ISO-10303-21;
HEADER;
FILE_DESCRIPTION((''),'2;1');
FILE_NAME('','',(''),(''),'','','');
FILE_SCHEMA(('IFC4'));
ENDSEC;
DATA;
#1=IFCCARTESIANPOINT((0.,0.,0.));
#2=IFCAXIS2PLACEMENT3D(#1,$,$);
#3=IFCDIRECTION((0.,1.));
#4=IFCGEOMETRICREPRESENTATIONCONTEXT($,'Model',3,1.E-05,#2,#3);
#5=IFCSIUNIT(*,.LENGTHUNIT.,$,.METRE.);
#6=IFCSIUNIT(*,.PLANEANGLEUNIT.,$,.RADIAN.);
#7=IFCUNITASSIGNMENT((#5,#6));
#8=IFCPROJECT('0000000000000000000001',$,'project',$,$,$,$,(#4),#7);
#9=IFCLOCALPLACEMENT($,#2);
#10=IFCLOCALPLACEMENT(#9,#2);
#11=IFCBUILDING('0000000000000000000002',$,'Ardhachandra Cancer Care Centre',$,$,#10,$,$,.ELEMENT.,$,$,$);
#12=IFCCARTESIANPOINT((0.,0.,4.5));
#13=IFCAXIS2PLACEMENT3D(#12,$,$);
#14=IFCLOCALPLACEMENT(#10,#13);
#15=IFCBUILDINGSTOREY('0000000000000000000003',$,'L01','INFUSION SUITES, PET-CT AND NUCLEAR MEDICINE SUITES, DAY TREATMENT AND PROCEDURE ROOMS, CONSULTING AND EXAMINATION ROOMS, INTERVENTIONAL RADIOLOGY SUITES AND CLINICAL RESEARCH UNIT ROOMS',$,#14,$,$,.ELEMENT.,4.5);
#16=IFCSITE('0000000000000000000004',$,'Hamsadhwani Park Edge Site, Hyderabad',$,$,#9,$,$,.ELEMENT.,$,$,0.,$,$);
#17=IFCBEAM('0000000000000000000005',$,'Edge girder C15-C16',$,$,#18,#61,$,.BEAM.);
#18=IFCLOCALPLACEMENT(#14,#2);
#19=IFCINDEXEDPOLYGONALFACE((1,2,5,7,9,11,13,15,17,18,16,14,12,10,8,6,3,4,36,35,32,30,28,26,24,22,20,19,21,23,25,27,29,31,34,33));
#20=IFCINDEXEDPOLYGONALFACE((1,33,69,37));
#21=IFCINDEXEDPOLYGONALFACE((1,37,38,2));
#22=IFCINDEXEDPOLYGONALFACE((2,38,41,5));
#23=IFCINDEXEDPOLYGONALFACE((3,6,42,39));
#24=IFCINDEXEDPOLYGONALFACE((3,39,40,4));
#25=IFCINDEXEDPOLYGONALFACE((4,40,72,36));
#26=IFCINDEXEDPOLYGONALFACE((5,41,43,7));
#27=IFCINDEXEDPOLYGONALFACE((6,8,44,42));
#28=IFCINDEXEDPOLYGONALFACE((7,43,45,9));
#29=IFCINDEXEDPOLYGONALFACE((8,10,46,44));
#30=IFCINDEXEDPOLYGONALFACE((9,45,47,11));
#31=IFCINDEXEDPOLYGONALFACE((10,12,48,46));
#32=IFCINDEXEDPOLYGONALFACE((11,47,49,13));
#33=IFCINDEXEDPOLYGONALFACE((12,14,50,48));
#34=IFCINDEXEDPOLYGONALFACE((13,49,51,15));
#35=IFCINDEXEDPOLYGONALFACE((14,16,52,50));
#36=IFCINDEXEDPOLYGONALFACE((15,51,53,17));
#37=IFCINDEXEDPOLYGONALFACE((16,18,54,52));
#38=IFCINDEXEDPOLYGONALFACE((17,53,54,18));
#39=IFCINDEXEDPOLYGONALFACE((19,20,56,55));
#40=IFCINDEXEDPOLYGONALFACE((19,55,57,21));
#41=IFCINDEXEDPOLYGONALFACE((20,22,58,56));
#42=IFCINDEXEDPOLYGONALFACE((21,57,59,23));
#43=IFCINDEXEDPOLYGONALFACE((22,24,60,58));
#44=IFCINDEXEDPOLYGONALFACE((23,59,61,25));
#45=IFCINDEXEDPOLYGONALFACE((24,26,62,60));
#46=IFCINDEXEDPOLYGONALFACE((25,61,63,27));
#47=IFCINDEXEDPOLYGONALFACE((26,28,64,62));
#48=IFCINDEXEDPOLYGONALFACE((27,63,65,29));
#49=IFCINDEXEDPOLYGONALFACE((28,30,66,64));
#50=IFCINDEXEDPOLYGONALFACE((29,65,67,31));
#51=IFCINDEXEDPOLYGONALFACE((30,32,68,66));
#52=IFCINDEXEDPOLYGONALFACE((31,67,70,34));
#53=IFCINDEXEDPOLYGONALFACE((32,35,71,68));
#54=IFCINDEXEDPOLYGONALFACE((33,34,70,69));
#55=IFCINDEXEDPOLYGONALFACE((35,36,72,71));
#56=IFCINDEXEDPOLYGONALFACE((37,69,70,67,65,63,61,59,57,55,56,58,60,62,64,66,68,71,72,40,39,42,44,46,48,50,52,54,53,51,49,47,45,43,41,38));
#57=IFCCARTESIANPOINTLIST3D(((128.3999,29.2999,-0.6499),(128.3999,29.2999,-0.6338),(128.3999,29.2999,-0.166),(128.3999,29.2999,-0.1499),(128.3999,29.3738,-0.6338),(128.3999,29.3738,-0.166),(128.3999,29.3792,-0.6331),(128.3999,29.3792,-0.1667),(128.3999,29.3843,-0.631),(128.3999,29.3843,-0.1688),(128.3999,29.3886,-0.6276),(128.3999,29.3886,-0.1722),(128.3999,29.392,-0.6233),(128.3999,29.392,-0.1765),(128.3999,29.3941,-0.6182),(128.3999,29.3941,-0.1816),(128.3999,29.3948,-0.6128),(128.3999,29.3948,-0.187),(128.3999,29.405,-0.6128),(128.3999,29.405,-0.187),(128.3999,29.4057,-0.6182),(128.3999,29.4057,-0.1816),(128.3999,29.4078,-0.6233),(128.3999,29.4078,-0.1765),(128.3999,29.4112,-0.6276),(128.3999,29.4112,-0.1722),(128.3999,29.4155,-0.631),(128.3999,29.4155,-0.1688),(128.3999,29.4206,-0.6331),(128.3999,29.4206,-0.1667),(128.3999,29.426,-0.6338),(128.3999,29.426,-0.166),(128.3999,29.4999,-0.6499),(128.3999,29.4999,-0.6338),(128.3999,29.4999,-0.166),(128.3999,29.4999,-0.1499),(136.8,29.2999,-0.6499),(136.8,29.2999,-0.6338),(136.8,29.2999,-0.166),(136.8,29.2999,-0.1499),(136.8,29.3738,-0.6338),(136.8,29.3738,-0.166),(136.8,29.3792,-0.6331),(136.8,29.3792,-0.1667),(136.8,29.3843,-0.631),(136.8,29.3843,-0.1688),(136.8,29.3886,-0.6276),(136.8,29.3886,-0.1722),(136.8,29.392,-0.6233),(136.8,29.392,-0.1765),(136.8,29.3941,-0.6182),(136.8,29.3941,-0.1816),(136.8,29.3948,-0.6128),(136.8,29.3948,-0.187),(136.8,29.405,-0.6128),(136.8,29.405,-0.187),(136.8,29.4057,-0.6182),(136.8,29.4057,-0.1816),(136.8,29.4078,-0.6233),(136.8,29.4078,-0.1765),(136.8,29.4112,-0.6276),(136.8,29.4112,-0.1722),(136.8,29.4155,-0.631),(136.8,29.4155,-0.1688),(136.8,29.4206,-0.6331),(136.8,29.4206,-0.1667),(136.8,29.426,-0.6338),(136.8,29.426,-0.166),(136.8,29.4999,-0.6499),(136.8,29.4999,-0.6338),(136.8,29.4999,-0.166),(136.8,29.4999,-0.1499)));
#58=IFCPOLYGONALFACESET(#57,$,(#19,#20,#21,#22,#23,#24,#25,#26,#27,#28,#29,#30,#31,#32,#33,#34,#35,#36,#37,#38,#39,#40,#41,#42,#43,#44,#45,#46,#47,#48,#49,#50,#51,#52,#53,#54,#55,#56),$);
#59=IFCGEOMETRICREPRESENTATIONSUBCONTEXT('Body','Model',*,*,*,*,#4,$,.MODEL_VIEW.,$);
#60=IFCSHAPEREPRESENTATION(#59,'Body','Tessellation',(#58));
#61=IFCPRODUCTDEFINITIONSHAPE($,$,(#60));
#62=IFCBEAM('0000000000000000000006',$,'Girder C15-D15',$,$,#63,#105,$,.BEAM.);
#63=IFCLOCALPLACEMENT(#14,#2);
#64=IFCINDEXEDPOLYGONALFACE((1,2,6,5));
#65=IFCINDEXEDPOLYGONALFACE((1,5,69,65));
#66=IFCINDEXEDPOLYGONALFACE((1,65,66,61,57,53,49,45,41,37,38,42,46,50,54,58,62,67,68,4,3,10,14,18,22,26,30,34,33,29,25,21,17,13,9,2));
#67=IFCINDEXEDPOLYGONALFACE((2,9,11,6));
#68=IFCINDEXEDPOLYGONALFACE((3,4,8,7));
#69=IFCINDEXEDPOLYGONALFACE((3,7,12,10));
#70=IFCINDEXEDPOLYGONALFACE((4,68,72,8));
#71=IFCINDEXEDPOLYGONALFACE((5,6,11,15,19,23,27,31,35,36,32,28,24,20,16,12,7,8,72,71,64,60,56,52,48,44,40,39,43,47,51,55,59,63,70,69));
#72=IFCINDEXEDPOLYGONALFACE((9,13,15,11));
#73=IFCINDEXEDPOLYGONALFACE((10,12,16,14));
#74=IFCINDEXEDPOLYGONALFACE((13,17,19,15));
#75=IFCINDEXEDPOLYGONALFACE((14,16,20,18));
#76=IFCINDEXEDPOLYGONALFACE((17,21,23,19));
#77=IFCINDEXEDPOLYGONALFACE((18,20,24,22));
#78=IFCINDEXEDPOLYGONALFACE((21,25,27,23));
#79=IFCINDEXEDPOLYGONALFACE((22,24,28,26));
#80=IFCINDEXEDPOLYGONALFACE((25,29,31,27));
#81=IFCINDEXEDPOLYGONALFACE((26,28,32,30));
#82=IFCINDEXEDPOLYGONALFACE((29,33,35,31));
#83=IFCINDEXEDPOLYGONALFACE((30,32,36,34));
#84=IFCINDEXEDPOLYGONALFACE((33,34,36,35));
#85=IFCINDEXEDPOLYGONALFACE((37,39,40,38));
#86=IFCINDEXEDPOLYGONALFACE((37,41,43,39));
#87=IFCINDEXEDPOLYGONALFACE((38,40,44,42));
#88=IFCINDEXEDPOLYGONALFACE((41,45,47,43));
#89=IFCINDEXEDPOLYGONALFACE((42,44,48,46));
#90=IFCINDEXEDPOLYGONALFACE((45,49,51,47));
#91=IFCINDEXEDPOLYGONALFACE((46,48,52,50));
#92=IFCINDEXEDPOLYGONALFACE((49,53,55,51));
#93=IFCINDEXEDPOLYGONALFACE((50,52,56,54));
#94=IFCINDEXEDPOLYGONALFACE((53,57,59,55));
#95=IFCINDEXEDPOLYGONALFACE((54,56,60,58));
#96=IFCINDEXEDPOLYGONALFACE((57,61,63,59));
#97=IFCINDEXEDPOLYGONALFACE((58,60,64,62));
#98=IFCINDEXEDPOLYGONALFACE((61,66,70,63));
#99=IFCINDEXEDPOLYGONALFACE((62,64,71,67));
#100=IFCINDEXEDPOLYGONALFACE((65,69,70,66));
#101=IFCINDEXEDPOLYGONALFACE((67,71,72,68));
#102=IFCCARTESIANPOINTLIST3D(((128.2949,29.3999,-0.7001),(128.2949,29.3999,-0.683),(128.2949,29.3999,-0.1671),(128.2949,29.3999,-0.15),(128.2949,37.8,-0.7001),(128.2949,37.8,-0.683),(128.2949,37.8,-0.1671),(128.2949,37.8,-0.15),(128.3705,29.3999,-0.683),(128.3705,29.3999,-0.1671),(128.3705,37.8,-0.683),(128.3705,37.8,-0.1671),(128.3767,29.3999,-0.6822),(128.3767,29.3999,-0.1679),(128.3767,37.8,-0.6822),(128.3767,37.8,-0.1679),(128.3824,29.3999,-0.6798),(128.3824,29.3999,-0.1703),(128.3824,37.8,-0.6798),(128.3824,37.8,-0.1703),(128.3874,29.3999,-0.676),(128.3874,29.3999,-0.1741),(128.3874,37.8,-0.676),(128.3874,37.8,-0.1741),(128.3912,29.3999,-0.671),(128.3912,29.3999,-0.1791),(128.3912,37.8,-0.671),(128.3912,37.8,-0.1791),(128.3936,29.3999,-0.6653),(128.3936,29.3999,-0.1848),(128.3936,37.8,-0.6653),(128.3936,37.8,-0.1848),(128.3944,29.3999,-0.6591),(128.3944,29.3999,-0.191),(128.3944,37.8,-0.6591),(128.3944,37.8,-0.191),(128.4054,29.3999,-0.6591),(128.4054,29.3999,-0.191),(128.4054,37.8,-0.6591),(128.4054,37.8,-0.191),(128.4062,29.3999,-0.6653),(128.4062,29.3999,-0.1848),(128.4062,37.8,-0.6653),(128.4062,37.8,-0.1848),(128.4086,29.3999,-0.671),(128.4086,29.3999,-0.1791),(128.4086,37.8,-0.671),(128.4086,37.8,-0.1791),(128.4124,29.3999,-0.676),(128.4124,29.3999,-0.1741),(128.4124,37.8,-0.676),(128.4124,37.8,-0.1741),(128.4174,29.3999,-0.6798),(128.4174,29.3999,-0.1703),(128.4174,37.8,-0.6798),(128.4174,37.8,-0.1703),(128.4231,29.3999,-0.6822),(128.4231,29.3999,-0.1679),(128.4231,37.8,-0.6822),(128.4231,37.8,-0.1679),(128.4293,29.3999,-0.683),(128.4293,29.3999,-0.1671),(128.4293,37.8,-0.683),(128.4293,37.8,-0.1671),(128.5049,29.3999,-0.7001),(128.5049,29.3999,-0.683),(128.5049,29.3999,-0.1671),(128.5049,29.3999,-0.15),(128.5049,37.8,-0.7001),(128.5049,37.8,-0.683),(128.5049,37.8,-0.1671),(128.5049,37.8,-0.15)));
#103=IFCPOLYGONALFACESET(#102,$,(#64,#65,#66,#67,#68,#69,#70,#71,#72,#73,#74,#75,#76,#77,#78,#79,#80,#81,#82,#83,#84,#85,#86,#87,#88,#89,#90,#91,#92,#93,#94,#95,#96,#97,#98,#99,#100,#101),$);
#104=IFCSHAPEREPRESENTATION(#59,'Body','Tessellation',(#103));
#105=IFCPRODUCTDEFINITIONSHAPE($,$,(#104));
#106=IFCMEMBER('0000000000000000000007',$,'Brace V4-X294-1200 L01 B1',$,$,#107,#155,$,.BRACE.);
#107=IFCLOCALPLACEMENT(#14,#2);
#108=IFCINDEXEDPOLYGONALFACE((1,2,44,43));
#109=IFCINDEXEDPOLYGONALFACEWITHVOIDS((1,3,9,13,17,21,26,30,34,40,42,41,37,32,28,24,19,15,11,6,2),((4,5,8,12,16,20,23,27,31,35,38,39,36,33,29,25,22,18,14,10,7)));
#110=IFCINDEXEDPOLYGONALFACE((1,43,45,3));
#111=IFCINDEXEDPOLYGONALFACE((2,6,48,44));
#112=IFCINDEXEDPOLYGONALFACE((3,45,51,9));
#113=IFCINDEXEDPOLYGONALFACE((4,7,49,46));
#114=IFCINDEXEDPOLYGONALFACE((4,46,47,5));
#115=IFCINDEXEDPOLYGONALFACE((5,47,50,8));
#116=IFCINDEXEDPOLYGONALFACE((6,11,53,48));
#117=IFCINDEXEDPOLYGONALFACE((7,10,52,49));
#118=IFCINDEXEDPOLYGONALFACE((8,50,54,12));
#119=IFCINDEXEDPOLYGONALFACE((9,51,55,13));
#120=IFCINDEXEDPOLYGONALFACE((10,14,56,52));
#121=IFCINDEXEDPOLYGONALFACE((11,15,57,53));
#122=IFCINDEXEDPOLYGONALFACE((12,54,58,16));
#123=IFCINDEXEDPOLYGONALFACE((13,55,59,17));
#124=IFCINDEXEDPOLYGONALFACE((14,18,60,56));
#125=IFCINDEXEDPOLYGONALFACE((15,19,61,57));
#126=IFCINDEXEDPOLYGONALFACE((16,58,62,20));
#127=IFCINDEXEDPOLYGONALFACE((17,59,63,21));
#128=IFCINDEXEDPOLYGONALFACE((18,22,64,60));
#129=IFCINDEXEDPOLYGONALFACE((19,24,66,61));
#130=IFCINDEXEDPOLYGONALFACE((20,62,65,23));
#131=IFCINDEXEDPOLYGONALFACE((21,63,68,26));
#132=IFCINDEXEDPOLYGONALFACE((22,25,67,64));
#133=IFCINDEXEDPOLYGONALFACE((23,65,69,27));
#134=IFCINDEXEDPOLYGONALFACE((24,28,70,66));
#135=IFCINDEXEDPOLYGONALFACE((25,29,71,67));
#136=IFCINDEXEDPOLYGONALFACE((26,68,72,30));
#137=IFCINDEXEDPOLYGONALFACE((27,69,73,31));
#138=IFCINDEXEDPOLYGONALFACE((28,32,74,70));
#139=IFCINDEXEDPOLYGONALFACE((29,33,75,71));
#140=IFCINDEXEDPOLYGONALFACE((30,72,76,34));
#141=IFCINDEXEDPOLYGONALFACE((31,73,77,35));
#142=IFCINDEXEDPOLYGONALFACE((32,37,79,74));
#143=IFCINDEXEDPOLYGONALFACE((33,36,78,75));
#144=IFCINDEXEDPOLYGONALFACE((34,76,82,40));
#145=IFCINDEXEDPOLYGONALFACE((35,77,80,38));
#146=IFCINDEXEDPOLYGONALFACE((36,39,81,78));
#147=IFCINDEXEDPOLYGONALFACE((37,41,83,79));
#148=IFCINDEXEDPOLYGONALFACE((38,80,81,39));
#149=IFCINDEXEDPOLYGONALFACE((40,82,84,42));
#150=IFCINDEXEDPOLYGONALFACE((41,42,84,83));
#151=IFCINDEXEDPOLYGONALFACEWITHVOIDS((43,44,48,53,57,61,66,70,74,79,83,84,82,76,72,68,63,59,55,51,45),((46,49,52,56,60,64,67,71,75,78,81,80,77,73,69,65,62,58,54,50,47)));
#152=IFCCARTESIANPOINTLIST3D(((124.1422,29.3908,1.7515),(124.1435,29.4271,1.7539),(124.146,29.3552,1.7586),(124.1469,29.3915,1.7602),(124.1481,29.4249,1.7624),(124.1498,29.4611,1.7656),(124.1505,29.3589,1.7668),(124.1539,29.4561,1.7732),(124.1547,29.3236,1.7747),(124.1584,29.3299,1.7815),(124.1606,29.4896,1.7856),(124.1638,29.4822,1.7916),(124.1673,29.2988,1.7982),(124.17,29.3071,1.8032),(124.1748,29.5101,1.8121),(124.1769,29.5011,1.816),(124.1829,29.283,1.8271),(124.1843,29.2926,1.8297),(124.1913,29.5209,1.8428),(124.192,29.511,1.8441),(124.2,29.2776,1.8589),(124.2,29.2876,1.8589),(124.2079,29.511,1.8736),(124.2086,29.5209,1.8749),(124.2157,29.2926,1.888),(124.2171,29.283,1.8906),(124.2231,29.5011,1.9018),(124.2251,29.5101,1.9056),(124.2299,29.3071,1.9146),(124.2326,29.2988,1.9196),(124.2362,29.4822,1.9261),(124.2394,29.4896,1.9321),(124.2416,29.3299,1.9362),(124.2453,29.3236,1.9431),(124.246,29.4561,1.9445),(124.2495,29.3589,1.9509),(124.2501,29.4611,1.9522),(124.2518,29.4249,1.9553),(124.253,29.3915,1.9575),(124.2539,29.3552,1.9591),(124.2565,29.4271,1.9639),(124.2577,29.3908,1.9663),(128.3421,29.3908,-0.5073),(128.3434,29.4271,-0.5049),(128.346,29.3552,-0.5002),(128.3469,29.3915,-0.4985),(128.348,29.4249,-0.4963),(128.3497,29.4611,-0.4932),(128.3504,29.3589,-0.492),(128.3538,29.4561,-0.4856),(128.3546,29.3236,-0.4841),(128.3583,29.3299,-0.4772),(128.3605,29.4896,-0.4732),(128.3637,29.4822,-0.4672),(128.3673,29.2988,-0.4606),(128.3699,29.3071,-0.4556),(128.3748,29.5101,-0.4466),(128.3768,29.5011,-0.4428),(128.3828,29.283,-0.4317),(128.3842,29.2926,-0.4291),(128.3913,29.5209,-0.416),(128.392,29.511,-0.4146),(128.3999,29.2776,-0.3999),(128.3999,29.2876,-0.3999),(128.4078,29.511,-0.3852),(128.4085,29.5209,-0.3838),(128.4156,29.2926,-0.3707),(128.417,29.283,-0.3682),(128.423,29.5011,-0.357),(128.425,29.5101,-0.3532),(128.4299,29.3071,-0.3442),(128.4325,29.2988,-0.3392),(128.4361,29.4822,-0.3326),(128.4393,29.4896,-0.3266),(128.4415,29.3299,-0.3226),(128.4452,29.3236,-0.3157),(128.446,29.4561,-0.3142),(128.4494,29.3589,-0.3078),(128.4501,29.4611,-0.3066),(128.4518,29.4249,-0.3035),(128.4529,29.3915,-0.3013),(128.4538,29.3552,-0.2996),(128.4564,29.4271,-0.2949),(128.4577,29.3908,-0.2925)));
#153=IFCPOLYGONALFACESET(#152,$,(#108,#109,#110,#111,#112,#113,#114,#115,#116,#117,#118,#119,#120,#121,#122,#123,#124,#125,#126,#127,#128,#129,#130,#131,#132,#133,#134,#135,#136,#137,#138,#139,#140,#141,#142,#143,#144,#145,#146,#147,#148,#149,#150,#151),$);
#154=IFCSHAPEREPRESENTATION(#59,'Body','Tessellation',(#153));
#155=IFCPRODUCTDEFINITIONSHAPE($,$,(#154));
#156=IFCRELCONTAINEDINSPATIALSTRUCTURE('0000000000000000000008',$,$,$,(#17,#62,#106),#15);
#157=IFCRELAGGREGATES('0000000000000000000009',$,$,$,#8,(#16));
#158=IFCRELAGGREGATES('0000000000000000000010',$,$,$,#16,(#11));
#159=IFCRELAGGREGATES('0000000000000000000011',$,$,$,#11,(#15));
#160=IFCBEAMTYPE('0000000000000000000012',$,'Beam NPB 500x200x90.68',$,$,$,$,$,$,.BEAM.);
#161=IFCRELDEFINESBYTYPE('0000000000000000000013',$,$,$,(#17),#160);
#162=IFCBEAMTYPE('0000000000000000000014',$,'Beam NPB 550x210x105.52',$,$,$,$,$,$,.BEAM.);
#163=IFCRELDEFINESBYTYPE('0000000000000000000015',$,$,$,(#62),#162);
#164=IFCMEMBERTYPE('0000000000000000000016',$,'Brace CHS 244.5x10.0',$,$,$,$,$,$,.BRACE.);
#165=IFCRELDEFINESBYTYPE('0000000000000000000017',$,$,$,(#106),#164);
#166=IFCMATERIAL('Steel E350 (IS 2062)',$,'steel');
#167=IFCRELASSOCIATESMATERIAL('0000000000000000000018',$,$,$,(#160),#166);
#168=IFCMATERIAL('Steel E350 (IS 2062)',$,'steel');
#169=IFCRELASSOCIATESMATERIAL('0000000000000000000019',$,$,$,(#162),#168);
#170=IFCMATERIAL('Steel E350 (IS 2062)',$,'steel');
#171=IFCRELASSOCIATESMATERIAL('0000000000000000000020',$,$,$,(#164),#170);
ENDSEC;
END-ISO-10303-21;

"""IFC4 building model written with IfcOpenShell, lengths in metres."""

from ifc_helpers import new_model, si_unit, direction, frame, origin, origin_2d, place, context, subcontext, project, spatial, hollow_circle, i_section, extrude, material, material_profile, profile_set, type_object, element, save


model = new_model("IFC4")

# Units and contexts
model_context = context("Model", 3, precision=1e-05, world=origin(), true_north=direction((0.0, 1.0)))
body_context = subcontext(model_context, "Body", "Model", "MODEL_VIEW")
ifc_project = project(units=[si_unit("LENGTHUNIT", "METRE"), si_unit("PLANEANGLEUNIT", "RADIAN")], contexts=[model_context])

# Site, building, storey
site_placement = place(None, origin())
site = spatial("IfcSite", under=ifc_project, at=site_placement, Name="Hamsadhwani Park Edge Site, Hyderabad", CompositionType="ELEMENT", RefElevation=0.0)
building_placement = place(site_placement, origin())
building = spatial("IfcBuilding", under=site, at=building_placement, Name="Ardhachandra Cancer Care Centre", CompositionType="ELEMENT")
storey_placement = place(building_placement, frame((0.0, 0.0, 4.5)))
storey = spatial("IfcBuildingStorey", under=building, at=storey_placement, Name="L01", Description="INFUSION SUITES, PET-CT AND NUCLEAR MEDICINE SUITES, DAY TREATMENT AND PROCEDURE ROOMS, CONSULTING AND EXAMINATION ROOMS, INTERVENTIONAL RADIOLOGY SUITES AND CLINICAL RESEARCH UNIT ROOMS", CompositionType="ELEMENT", Elevation=4.5)

# Beams
ifc_material_1 = material(Name="Steel E350 (IS 2062)", Category="steel")
ifc_material_profile_1 = material_profile(ifc_material_1, i_section(OverallWidth=0.2, OverallDepth=0.5, WebThickness=0.0103, FlangeThickness=0.0161, FilletRadius=0.021, at=origin_2d()), Name="NPB 500x200x90.68")
ifc_profile_set_1 = profile_set([ifc_material_profile_1], Name="Steel E350 (IS 2062)")
beam_type_1 = type_object("IfcBeamType", Name="Beam NPB 500x200x90.68", PredefinedType="BEAM", material=ifc_profile_set_1)
beam_1_placement = place(storey_placement, frame((128.3999, 29.3999, -0.3999), z_axis=(1.0, 0.0, 0.0), x_axis=(0.0, 1.0, 0.0)))
element("IfcBeam", 1, at=beam_1_placement, inside=storey, type_object=beam_type_1, Name="Edge girder C15-C16", PredefinedType="BEAM", context=body_context, shape_type="SweptSolid", body=[
    extrude(i_section(OverallWidth=0.2, OverallDepth=0.5, WebThickness=0.0103, FlangeThickness=0.0161, FilletRadius=0.021, at=origin_2d()), origin(), (0.0, 0.0, 1.0), 8.4001),
])
ifc_material_2 = material(Name="Steel E350 (IS 2062)", Category="steel")
ifc_material_profile_2 = material_profile(ifc_material_2, i_section(OverallWidth=0.21, OverallDepth=0.55, WebThickness=0.011, FlangeThickness=0.0171, FilletRadius=0.0239, at=origin_2d()), Name="NPB 550x210x105.52")
ifc_profile_set_2 = profile_set([ifc_material_profile_2], Name="Steel E350 (IS 2062)")
beam_type_2 = type_object("IfcBeamType", Name="Beam NPB 550x210x105.52", PredefinedType="BEAM", material=ifc_profile_set_2)
beam_2_placement = place(storey_placement, frame((128.3999, 29.3999, -0.425), z_axis=(0.0, 1.0, 0.0), x_axis=(-1.0, 0.0, 0.0)))
element("IfcBeam", 2, at=beam_2_placement, inside=storey, type_object=beam_type_2, Name="Girder C15-D15", PredefinedType="BEAM", context=body_context, shape_type="SweptSolid", body=[
    extrude(i_section(OverallWidth=0.21, OverallDepth=0.55, WebThickness=0.011, FlangeThickness=0.0171, FilletRadius=0.0239, at=origin_2d()), origin(), (0.0, 0.0, 1.0), 8.4001),
])

# Member
ifc_material_3 = material(Name="Steel E350 (IS 2062)", Category="steel")
ifc_material_profile_3 = material_profile(ifc_material_3, hollow_circle(Radius=0.1223, WallThickness=0.01, at=origin_2d()), Name="CHS 244.5x10.0")
ifc_profile_set_3 = profile_set([ifc_material_profile_3], Name="Steel E350 (IS 2062)")
member_type_1 = type_object("IfcMemberType", Name="Brace CHS 244.5x10.0", PredefinedType="BRACE", material=ifc_profile_set_3)
member_1_placement = place(storey_placement, frame((128.3999, 29.3999, -0.3999), z_axis=(-0.880709, 0.0, 0.473657), x_axis=(0.0, -1.0, 0.0)))
element("IfcMember", 3, at=member_1_placement, inside=storey, type_object=member_type_1, Name="Brace V4-X294-1200 L01 B1", PredefinedType="BRACE", context=body_context, shape_type="SweptSolid", body=[
    extrude(hollow_circle(Radius=0.1223, WallThickness=0.01, at=origin_2d()), origin(), (0.0, 0.0, 1.0), 4.7688),
])

save(model, "model.ifc")
